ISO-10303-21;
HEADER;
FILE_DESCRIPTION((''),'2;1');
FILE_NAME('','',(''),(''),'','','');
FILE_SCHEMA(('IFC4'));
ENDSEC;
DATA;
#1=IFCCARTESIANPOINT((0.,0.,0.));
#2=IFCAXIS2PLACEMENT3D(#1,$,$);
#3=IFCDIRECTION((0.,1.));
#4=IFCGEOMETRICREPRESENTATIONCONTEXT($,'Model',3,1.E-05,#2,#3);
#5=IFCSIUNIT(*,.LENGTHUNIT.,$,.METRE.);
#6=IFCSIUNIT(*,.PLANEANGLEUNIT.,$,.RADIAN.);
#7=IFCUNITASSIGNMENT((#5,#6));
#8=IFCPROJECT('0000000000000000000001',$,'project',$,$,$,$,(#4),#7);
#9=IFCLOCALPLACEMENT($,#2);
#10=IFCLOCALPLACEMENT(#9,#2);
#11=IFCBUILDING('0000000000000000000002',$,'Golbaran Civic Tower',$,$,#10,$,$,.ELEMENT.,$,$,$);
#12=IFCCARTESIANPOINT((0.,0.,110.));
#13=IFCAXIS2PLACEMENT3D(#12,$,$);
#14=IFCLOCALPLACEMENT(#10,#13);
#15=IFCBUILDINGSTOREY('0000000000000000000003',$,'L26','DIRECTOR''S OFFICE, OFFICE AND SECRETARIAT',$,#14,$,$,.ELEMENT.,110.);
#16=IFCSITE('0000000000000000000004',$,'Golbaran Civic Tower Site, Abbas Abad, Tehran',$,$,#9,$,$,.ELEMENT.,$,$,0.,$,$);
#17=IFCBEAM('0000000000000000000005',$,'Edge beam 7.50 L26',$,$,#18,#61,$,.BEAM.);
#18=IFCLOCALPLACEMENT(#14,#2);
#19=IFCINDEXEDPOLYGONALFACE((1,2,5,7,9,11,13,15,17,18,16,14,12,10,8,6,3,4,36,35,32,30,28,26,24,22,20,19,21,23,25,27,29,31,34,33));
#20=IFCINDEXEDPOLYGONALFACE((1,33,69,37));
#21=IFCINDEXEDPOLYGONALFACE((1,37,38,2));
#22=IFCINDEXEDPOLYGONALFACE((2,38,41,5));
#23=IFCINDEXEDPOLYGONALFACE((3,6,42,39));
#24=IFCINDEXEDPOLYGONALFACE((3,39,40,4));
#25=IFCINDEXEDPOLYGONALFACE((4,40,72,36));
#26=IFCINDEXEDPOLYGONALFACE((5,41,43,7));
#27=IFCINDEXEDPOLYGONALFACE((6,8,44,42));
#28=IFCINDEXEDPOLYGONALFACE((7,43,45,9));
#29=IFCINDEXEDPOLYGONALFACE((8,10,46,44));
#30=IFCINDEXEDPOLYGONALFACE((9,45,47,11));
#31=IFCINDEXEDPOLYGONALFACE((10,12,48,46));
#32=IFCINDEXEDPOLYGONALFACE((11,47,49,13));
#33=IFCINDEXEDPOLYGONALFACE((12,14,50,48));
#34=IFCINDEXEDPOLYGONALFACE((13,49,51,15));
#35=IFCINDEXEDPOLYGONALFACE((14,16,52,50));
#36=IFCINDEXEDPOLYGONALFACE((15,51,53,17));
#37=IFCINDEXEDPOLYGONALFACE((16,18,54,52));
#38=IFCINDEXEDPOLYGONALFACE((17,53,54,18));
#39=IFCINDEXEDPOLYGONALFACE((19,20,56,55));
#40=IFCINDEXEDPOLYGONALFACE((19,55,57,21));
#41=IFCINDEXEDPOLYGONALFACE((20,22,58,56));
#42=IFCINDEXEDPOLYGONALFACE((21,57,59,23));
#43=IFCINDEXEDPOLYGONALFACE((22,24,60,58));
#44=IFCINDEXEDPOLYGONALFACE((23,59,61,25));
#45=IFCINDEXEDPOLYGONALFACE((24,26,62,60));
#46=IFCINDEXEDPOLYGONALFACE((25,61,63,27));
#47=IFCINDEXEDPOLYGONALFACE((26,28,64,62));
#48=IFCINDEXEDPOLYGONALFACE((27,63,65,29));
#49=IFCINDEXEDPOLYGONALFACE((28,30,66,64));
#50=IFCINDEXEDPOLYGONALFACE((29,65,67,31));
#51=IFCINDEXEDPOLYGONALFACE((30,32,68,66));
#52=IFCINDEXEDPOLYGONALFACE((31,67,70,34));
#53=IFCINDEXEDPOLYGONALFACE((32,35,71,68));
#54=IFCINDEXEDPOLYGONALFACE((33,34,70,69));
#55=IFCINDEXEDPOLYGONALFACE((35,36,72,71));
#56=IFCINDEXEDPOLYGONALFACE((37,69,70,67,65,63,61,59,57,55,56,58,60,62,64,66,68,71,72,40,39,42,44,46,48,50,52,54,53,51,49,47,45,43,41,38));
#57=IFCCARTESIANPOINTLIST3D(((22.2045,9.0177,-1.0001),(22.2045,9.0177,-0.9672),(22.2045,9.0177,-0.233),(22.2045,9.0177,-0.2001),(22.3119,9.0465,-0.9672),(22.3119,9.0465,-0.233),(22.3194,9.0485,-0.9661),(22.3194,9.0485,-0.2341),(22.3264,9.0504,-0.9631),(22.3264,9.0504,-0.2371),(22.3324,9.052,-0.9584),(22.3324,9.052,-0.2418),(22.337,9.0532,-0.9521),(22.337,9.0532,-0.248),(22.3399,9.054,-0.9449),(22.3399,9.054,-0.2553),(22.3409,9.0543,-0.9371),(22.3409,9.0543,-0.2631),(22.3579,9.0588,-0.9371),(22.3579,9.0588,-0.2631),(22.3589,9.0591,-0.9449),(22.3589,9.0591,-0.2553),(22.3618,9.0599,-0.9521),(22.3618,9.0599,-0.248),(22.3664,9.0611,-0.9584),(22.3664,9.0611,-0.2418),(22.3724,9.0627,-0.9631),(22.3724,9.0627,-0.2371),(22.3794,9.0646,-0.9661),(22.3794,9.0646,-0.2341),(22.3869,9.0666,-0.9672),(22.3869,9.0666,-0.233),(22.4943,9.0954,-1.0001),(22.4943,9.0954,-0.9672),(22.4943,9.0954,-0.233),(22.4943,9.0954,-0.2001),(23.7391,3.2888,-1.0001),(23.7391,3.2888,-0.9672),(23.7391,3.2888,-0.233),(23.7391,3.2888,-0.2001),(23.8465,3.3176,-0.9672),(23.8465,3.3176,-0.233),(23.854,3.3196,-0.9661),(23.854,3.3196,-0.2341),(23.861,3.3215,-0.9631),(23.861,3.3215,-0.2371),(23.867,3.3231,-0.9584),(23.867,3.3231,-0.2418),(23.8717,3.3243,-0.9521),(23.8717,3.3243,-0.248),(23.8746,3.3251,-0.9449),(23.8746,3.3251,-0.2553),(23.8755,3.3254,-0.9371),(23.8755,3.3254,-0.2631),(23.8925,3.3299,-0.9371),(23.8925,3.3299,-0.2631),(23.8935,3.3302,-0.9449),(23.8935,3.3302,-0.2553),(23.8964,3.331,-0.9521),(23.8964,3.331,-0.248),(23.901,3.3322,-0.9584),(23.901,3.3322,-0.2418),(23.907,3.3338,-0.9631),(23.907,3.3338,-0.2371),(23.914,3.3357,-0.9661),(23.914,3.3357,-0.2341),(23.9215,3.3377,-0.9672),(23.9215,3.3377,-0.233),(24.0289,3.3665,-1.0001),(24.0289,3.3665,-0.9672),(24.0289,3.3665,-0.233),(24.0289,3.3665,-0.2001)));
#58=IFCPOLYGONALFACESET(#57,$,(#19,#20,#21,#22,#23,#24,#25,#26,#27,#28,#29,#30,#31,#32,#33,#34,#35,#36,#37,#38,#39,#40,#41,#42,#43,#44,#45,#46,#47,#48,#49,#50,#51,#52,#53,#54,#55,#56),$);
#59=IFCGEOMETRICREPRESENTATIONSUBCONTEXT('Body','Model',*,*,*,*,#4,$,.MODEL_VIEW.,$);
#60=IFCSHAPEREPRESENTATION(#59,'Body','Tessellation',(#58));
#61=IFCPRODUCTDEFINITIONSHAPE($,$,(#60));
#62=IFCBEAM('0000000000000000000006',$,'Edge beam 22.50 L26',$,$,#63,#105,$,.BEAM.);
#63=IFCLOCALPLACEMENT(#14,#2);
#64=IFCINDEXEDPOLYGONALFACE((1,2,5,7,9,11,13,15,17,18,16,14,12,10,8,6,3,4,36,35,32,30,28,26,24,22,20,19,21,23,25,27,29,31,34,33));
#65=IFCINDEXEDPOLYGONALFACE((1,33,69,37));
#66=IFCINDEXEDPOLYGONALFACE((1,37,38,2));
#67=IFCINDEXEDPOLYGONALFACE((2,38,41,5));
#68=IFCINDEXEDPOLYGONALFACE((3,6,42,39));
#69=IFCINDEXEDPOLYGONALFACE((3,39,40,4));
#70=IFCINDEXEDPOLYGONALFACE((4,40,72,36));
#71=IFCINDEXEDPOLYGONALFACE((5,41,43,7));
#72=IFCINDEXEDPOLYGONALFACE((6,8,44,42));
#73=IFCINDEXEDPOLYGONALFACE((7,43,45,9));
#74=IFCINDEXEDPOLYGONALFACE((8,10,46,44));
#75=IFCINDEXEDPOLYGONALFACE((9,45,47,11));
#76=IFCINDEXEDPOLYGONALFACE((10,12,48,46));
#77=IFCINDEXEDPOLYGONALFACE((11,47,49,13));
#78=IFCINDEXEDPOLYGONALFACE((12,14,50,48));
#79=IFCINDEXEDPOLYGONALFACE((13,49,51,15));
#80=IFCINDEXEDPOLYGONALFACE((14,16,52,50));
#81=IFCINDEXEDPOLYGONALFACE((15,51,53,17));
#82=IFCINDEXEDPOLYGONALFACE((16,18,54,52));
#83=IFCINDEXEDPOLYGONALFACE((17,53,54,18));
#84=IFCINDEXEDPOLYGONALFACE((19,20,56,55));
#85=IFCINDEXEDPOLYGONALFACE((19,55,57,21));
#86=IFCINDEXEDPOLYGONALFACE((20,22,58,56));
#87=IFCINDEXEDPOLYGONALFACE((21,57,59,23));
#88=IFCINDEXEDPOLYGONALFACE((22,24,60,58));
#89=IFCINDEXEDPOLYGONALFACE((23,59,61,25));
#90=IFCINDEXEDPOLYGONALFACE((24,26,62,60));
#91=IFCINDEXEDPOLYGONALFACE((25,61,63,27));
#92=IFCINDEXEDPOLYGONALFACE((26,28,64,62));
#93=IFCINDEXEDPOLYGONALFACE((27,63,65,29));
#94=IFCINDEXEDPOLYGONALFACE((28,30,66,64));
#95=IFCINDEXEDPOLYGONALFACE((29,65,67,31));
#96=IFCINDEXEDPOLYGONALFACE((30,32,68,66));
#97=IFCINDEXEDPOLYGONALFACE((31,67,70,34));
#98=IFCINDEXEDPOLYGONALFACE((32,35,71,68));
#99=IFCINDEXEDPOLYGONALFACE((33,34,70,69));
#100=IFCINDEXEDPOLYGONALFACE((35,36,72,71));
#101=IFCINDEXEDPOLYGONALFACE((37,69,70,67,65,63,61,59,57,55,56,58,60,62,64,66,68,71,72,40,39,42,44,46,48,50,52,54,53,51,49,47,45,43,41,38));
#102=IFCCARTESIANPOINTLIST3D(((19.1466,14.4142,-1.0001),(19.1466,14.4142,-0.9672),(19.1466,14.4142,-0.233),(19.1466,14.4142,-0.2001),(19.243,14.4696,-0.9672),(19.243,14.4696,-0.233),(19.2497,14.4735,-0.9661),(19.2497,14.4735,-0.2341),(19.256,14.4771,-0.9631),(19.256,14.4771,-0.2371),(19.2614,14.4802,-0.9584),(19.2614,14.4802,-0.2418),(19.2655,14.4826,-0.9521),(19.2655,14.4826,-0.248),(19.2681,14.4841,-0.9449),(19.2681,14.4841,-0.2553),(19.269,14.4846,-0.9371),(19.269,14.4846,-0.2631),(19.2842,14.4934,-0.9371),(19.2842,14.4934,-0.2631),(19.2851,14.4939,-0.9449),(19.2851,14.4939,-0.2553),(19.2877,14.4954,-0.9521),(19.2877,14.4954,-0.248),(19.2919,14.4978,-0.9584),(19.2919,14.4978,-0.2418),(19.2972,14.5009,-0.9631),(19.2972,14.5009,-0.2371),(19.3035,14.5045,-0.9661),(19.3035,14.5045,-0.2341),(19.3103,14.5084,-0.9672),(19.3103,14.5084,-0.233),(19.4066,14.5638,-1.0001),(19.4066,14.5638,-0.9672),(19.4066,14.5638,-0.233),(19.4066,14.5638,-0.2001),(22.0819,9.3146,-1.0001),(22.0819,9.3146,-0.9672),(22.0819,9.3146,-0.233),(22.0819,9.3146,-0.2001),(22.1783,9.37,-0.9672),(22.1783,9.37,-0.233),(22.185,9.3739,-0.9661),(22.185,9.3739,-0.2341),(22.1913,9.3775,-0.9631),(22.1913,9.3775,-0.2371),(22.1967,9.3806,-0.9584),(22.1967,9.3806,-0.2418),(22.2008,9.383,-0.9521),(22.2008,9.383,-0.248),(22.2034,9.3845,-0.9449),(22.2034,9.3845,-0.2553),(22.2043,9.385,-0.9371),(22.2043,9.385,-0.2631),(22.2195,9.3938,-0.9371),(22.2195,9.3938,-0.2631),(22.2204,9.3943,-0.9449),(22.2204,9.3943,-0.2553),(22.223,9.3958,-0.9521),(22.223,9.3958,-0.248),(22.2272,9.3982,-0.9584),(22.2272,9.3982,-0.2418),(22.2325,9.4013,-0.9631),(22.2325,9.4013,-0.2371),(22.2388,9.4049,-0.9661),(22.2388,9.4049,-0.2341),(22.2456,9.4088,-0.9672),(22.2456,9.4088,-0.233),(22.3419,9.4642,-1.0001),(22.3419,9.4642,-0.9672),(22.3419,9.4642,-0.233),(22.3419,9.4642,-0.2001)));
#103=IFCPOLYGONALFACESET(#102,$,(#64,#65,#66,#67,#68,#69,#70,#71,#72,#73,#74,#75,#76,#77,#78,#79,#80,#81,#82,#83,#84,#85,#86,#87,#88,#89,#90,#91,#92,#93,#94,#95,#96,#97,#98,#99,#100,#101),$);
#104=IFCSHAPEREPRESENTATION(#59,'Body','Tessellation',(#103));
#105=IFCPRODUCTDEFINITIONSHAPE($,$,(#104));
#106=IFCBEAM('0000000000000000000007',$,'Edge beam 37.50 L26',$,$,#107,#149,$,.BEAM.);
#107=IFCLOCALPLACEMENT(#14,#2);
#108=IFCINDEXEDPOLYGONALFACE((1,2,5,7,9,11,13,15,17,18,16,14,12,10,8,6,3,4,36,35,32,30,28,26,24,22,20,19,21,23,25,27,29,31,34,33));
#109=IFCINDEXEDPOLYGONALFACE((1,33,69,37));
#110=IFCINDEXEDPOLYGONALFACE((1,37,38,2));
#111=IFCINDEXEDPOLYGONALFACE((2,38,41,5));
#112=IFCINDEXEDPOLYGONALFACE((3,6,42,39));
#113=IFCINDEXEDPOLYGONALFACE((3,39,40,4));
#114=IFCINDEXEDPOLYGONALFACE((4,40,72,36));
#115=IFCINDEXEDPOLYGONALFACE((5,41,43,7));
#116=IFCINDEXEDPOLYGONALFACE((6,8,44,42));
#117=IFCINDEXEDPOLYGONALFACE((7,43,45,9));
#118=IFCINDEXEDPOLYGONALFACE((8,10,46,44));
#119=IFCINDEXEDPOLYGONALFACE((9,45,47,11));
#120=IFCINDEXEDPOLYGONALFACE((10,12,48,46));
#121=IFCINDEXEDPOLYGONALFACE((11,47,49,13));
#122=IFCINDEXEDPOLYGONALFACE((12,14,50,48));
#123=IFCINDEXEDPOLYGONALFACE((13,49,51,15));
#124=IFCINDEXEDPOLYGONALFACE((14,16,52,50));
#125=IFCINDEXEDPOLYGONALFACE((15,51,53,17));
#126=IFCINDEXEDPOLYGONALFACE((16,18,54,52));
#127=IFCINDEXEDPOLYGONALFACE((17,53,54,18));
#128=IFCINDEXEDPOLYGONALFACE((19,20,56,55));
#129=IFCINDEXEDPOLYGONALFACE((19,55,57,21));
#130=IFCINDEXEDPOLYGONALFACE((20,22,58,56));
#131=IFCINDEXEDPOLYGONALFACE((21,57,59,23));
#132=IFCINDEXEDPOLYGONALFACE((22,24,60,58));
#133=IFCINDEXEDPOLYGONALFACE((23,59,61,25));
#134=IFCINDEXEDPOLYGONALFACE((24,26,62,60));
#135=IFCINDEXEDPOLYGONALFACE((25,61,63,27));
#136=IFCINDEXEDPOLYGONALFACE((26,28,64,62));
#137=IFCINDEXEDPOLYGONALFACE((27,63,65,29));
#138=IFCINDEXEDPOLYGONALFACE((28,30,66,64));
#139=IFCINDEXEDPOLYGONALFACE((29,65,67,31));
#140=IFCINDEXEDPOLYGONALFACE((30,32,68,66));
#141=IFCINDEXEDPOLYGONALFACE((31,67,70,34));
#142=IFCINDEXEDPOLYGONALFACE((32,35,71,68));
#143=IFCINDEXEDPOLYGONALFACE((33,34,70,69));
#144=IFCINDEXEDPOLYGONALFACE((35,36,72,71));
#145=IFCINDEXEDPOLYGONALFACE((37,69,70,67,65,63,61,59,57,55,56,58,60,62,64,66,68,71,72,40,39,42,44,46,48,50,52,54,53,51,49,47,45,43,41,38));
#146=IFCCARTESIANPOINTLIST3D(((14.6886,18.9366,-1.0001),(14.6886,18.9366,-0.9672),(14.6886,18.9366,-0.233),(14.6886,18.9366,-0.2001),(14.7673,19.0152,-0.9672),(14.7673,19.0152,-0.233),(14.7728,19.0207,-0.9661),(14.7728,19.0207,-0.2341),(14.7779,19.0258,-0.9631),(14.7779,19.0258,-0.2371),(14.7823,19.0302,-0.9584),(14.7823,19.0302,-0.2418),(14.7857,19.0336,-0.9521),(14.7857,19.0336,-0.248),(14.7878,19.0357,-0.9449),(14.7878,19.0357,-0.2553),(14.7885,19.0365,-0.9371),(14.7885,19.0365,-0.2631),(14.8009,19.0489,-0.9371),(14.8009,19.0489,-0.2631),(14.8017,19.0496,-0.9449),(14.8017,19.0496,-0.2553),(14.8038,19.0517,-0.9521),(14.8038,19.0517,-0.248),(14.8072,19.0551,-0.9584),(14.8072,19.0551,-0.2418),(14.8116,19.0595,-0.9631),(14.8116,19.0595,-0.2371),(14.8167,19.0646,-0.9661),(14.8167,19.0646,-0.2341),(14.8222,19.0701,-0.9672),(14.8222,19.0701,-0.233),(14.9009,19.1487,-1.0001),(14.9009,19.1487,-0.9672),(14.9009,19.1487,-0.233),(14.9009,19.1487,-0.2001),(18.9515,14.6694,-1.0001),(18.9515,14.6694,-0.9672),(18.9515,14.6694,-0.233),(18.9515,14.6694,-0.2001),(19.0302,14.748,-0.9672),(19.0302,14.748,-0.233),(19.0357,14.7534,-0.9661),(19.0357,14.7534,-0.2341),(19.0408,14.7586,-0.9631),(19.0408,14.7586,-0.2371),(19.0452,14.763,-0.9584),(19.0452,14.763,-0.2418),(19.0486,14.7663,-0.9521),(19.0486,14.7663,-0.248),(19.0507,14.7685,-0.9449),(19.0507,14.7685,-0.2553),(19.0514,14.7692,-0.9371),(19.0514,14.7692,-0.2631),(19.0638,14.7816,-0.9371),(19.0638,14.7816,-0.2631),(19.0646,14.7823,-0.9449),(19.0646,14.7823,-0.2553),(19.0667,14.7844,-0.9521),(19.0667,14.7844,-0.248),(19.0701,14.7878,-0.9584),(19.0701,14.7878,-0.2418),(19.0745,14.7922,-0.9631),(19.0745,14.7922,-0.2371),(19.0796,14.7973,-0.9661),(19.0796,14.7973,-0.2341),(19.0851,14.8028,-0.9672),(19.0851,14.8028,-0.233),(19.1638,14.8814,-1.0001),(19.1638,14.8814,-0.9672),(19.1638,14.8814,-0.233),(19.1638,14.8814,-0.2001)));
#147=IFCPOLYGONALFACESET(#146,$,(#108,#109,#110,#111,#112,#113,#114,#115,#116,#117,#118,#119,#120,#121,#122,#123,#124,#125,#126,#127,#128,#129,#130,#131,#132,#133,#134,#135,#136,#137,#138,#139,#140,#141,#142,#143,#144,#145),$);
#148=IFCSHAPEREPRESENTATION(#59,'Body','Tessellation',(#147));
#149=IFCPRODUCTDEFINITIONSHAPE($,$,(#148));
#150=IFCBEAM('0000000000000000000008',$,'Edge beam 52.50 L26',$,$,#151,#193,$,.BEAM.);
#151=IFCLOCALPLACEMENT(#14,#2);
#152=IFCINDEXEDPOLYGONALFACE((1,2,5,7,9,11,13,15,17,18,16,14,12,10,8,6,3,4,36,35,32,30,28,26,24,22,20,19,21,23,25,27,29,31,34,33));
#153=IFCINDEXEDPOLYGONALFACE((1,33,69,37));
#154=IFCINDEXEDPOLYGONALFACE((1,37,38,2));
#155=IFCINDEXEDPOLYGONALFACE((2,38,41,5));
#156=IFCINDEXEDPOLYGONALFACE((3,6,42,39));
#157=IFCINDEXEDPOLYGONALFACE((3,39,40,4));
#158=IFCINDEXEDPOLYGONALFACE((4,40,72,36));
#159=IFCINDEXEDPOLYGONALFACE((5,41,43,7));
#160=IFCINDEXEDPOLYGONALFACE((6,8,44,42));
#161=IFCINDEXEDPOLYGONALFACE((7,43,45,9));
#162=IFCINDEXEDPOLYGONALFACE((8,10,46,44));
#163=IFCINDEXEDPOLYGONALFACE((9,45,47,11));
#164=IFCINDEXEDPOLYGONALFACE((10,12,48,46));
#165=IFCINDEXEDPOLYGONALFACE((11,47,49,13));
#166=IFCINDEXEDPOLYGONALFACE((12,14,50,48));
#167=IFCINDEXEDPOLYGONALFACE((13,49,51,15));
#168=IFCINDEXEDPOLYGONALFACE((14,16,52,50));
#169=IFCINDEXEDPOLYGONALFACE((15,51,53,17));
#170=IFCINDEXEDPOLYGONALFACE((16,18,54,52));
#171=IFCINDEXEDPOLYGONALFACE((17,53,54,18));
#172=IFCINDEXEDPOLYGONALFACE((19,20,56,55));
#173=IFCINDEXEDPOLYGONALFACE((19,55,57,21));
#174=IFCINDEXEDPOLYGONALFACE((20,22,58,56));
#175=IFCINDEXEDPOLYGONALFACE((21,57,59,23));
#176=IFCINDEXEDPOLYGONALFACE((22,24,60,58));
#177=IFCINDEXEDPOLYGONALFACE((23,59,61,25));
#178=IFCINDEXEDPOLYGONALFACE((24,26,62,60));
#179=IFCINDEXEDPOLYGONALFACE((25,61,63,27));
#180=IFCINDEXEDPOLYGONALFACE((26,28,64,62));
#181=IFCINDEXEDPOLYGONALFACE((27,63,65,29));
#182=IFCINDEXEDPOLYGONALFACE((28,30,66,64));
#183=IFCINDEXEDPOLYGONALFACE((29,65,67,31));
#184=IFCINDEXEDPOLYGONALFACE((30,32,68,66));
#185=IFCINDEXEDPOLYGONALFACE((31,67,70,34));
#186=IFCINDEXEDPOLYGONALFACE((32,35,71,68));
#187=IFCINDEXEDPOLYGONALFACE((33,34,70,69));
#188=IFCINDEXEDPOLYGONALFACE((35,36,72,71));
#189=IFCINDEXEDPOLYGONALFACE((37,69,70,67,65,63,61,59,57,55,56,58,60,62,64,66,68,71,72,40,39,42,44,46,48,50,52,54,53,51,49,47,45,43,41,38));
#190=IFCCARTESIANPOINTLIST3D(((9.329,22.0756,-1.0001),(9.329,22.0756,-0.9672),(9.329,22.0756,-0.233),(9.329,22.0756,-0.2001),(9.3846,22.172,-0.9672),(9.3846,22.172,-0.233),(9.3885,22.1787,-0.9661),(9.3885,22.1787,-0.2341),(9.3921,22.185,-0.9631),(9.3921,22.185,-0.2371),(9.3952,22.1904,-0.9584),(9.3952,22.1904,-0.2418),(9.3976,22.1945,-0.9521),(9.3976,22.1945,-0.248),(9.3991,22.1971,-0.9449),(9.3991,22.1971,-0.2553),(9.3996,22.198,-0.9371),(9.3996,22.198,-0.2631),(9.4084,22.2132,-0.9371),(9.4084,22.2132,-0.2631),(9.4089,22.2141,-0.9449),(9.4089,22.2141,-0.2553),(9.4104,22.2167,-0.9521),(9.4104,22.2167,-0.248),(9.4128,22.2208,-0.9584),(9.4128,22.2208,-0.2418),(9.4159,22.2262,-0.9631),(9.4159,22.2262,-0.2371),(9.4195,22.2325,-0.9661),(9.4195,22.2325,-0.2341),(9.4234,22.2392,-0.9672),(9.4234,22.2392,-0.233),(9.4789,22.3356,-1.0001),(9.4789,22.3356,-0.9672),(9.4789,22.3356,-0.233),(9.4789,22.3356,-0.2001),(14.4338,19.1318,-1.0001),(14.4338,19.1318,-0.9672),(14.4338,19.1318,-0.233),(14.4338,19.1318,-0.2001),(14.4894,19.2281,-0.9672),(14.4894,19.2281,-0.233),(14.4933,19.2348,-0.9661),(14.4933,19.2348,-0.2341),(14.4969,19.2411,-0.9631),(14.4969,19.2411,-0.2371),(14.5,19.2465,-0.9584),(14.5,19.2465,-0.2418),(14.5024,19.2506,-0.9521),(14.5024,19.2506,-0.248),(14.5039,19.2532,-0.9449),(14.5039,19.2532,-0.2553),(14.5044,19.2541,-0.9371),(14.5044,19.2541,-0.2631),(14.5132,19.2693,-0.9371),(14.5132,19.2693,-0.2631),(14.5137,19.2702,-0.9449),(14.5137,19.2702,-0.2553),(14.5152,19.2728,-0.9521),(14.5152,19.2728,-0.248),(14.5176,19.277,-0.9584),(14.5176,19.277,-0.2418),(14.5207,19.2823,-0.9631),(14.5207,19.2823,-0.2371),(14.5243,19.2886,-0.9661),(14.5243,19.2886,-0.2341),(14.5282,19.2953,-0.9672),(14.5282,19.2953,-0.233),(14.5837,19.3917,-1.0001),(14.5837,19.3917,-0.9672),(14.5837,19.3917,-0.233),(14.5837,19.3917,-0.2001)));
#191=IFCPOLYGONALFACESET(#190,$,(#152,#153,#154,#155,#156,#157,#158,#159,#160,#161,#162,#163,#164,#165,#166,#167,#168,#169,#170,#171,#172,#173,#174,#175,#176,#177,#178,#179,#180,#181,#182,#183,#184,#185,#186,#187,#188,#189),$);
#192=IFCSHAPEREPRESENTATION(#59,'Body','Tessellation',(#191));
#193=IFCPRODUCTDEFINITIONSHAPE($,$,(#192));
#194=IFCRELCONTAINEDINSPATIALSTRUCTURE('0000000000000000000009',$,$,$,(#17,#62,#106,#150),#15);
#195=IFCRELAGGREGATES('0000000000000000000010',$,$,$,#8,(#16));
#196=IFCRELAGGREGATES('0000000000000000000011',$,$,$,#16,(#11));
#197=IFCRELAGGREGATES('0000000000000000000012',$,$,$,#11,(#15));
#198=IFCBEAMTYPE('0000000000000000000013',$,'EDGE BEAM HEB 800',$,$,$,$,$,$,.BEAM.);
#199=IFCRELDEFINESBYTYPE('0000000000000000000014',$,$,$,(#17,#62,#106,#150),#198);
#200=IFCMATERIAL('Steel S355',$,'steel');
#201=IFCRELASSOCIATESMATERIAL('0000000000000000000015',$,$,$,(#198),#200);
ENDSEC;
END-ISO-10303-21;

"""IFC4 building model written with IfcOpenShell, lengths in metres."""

from ifc_helpers import new_model, si_unit, direction, frame, origin, origin_2d, place, context, subcontext, project, spatial, i_section, extrude, material, material_profile, profile_set, type_object, element, save


model = new_model("IFC4")

# Units and contexts
model_context = context("Model", 3, precision=1e-05, world=origin(), true_north=direction((0.0, 1.0)))
body_context = subcontext(model_context, "Body", "Model", "MODEL_VIEW")
ifc_project = project(units=[si_unit("LENGTHUNIT", "METRE"), si_unit("PLANEANGLEUNIT", "RADIAN")], contexts=[model_context])

# Site, building, storey
site_placement = place(None, origin())
site = spatial("IfcSite", under=ifc_project, at=site_placement, Name="Golbaran Civic Tower Site, Abbas Abad, Tehran", CompositionType="ELEMENT", RefElevation=0.0)
building_placement = place(site_placement, origin())
building = spatial("IfcBuilding", under=site, at=building_placement, Name="Golbaran Civic Tower", CompositionType="ELEMENT")
storey_placement = place(building_placement, frame((0.0, 0.0, 110.0)))
storey = spatial("IfcBuildingStorey", under=building, at=storey_placement, Name="L26", Description="DIRECTOR'S OFFICE, OFFICE AND SECRETARIAT", CompositionType="ELEMENT", Elevation=110.0)

# Beams
ifc_material_1 = material(Name="Steel S355", Category="steel")
ifc_material_profile_1 = material_profile(ifc_material_1, i_section(OverallWidth=0.3, OverallDepth=0.8, WebThickness=0.0176, FlangeThickness=0.033, FilletRadius=0.03, at=origin_2d()), Name="HEB 800")
ifc_profile_set_1 = profile_set([ifc_material_profile_1], Name="Steel S355")
beam_type_1 = type_object("IfcBeamType", Name="EDGE BEAM HEB 800", PredefinedType="BEAM", material=ifc_profile_set_1)
beam_1_placement = place(storey_placement, frame((23.884, 3.3276, -0.6001), z_axis=(-0.258754, 0.965943, 0.0), x_axis=(-0.965943, -0.258754, 0.0)))
element("IfcBeam", 1, at=beam_1_placement, inside=storey, type_object=beam_type_1, Name="Edge beam 7.50 L26", PredefinedType="BEAM", context=body_context, shape_type="SweptSolid", body=[
    extrude(i_section(OverallWidth=0.3, OverallDepth=0.8, WebThickness=0.0176, FlangeThickness=0.033, FilletRadius=0.03, at=origin_2d()), origin(), (0.0, 0.0, 1.0), 5.9309),
])
beam_2_placement = place(storey_placement, frame((22.2119, 9.3894, -0.6001), z_axis=(-0.498858, 0.866684, 0.0), x_axis=(-0.866684, -0.498858, 0.0)))
element("IfcBeam", 2, at=beam_2_placement, inside=storey, type_object=beam_type_1, Name="Edge beam 22.50 L26", PredefinedType="BEAM", context=body_context, shape_type="SweptSolid", body=[
    extrude(i_section(OverallWidth=0.3, OverallDepth=0.8, WebThickness=0.0176, FlangeThickness=0.033, FilletRadius=0.03, at=origin_2d()), origin(), (0.0, 0.0, 1.0), 5.884),
])
beam_3_placement = place(storey_placement, frame((19.0576, 14.7754, -0.6001), z_axis=(-0.706742, 0.707471, 0.0), x_axis=(-0.707471, -0.706742, 0.0)))
element("IfcBeam", 3, at=beam_3_placement, inside=storey, type_object=beam_type_1, Name="Edge beam 37.50 L26", PredefinedType="BEAM", context=body_context, shape_type="SweptSolid", body=[
    extrude(i_section(OverallWidth=0.3, OverallDepth=0.8, WebThickness=0.0176, FlangeThickness=0.033, FilletRadius=0.03, at=origin_2d()), origin(), (0.0, 0.0, 1.0), 6.0317),
])
beam_4_placement = place(storey_placement, frame((14.5088, 19.2617, -0.6001), z_axis=(-0.866273, 0.499571, 0.0), x_axis=(-0.499571, -0.866273, 0.0)))
element("IfcBeam", 4, at=beam_4_placement, inside=storey, type_object=beam_type_1, Name="Edge beam 52.50 L26", PredefinedType="BEAM", context=body_context, shape_type="SweptSolid", body=[
    extrude(i_section(OverallWidth=0.3, OverallDepth=0.8, WebThickness=0.0176, FlangeThickness=0.033, FilletRadius=0.03, at=origin_2d()), origin(), (0.0, 0.0, 1.0), 5.8928),
])

save(model, "model.ifc")
